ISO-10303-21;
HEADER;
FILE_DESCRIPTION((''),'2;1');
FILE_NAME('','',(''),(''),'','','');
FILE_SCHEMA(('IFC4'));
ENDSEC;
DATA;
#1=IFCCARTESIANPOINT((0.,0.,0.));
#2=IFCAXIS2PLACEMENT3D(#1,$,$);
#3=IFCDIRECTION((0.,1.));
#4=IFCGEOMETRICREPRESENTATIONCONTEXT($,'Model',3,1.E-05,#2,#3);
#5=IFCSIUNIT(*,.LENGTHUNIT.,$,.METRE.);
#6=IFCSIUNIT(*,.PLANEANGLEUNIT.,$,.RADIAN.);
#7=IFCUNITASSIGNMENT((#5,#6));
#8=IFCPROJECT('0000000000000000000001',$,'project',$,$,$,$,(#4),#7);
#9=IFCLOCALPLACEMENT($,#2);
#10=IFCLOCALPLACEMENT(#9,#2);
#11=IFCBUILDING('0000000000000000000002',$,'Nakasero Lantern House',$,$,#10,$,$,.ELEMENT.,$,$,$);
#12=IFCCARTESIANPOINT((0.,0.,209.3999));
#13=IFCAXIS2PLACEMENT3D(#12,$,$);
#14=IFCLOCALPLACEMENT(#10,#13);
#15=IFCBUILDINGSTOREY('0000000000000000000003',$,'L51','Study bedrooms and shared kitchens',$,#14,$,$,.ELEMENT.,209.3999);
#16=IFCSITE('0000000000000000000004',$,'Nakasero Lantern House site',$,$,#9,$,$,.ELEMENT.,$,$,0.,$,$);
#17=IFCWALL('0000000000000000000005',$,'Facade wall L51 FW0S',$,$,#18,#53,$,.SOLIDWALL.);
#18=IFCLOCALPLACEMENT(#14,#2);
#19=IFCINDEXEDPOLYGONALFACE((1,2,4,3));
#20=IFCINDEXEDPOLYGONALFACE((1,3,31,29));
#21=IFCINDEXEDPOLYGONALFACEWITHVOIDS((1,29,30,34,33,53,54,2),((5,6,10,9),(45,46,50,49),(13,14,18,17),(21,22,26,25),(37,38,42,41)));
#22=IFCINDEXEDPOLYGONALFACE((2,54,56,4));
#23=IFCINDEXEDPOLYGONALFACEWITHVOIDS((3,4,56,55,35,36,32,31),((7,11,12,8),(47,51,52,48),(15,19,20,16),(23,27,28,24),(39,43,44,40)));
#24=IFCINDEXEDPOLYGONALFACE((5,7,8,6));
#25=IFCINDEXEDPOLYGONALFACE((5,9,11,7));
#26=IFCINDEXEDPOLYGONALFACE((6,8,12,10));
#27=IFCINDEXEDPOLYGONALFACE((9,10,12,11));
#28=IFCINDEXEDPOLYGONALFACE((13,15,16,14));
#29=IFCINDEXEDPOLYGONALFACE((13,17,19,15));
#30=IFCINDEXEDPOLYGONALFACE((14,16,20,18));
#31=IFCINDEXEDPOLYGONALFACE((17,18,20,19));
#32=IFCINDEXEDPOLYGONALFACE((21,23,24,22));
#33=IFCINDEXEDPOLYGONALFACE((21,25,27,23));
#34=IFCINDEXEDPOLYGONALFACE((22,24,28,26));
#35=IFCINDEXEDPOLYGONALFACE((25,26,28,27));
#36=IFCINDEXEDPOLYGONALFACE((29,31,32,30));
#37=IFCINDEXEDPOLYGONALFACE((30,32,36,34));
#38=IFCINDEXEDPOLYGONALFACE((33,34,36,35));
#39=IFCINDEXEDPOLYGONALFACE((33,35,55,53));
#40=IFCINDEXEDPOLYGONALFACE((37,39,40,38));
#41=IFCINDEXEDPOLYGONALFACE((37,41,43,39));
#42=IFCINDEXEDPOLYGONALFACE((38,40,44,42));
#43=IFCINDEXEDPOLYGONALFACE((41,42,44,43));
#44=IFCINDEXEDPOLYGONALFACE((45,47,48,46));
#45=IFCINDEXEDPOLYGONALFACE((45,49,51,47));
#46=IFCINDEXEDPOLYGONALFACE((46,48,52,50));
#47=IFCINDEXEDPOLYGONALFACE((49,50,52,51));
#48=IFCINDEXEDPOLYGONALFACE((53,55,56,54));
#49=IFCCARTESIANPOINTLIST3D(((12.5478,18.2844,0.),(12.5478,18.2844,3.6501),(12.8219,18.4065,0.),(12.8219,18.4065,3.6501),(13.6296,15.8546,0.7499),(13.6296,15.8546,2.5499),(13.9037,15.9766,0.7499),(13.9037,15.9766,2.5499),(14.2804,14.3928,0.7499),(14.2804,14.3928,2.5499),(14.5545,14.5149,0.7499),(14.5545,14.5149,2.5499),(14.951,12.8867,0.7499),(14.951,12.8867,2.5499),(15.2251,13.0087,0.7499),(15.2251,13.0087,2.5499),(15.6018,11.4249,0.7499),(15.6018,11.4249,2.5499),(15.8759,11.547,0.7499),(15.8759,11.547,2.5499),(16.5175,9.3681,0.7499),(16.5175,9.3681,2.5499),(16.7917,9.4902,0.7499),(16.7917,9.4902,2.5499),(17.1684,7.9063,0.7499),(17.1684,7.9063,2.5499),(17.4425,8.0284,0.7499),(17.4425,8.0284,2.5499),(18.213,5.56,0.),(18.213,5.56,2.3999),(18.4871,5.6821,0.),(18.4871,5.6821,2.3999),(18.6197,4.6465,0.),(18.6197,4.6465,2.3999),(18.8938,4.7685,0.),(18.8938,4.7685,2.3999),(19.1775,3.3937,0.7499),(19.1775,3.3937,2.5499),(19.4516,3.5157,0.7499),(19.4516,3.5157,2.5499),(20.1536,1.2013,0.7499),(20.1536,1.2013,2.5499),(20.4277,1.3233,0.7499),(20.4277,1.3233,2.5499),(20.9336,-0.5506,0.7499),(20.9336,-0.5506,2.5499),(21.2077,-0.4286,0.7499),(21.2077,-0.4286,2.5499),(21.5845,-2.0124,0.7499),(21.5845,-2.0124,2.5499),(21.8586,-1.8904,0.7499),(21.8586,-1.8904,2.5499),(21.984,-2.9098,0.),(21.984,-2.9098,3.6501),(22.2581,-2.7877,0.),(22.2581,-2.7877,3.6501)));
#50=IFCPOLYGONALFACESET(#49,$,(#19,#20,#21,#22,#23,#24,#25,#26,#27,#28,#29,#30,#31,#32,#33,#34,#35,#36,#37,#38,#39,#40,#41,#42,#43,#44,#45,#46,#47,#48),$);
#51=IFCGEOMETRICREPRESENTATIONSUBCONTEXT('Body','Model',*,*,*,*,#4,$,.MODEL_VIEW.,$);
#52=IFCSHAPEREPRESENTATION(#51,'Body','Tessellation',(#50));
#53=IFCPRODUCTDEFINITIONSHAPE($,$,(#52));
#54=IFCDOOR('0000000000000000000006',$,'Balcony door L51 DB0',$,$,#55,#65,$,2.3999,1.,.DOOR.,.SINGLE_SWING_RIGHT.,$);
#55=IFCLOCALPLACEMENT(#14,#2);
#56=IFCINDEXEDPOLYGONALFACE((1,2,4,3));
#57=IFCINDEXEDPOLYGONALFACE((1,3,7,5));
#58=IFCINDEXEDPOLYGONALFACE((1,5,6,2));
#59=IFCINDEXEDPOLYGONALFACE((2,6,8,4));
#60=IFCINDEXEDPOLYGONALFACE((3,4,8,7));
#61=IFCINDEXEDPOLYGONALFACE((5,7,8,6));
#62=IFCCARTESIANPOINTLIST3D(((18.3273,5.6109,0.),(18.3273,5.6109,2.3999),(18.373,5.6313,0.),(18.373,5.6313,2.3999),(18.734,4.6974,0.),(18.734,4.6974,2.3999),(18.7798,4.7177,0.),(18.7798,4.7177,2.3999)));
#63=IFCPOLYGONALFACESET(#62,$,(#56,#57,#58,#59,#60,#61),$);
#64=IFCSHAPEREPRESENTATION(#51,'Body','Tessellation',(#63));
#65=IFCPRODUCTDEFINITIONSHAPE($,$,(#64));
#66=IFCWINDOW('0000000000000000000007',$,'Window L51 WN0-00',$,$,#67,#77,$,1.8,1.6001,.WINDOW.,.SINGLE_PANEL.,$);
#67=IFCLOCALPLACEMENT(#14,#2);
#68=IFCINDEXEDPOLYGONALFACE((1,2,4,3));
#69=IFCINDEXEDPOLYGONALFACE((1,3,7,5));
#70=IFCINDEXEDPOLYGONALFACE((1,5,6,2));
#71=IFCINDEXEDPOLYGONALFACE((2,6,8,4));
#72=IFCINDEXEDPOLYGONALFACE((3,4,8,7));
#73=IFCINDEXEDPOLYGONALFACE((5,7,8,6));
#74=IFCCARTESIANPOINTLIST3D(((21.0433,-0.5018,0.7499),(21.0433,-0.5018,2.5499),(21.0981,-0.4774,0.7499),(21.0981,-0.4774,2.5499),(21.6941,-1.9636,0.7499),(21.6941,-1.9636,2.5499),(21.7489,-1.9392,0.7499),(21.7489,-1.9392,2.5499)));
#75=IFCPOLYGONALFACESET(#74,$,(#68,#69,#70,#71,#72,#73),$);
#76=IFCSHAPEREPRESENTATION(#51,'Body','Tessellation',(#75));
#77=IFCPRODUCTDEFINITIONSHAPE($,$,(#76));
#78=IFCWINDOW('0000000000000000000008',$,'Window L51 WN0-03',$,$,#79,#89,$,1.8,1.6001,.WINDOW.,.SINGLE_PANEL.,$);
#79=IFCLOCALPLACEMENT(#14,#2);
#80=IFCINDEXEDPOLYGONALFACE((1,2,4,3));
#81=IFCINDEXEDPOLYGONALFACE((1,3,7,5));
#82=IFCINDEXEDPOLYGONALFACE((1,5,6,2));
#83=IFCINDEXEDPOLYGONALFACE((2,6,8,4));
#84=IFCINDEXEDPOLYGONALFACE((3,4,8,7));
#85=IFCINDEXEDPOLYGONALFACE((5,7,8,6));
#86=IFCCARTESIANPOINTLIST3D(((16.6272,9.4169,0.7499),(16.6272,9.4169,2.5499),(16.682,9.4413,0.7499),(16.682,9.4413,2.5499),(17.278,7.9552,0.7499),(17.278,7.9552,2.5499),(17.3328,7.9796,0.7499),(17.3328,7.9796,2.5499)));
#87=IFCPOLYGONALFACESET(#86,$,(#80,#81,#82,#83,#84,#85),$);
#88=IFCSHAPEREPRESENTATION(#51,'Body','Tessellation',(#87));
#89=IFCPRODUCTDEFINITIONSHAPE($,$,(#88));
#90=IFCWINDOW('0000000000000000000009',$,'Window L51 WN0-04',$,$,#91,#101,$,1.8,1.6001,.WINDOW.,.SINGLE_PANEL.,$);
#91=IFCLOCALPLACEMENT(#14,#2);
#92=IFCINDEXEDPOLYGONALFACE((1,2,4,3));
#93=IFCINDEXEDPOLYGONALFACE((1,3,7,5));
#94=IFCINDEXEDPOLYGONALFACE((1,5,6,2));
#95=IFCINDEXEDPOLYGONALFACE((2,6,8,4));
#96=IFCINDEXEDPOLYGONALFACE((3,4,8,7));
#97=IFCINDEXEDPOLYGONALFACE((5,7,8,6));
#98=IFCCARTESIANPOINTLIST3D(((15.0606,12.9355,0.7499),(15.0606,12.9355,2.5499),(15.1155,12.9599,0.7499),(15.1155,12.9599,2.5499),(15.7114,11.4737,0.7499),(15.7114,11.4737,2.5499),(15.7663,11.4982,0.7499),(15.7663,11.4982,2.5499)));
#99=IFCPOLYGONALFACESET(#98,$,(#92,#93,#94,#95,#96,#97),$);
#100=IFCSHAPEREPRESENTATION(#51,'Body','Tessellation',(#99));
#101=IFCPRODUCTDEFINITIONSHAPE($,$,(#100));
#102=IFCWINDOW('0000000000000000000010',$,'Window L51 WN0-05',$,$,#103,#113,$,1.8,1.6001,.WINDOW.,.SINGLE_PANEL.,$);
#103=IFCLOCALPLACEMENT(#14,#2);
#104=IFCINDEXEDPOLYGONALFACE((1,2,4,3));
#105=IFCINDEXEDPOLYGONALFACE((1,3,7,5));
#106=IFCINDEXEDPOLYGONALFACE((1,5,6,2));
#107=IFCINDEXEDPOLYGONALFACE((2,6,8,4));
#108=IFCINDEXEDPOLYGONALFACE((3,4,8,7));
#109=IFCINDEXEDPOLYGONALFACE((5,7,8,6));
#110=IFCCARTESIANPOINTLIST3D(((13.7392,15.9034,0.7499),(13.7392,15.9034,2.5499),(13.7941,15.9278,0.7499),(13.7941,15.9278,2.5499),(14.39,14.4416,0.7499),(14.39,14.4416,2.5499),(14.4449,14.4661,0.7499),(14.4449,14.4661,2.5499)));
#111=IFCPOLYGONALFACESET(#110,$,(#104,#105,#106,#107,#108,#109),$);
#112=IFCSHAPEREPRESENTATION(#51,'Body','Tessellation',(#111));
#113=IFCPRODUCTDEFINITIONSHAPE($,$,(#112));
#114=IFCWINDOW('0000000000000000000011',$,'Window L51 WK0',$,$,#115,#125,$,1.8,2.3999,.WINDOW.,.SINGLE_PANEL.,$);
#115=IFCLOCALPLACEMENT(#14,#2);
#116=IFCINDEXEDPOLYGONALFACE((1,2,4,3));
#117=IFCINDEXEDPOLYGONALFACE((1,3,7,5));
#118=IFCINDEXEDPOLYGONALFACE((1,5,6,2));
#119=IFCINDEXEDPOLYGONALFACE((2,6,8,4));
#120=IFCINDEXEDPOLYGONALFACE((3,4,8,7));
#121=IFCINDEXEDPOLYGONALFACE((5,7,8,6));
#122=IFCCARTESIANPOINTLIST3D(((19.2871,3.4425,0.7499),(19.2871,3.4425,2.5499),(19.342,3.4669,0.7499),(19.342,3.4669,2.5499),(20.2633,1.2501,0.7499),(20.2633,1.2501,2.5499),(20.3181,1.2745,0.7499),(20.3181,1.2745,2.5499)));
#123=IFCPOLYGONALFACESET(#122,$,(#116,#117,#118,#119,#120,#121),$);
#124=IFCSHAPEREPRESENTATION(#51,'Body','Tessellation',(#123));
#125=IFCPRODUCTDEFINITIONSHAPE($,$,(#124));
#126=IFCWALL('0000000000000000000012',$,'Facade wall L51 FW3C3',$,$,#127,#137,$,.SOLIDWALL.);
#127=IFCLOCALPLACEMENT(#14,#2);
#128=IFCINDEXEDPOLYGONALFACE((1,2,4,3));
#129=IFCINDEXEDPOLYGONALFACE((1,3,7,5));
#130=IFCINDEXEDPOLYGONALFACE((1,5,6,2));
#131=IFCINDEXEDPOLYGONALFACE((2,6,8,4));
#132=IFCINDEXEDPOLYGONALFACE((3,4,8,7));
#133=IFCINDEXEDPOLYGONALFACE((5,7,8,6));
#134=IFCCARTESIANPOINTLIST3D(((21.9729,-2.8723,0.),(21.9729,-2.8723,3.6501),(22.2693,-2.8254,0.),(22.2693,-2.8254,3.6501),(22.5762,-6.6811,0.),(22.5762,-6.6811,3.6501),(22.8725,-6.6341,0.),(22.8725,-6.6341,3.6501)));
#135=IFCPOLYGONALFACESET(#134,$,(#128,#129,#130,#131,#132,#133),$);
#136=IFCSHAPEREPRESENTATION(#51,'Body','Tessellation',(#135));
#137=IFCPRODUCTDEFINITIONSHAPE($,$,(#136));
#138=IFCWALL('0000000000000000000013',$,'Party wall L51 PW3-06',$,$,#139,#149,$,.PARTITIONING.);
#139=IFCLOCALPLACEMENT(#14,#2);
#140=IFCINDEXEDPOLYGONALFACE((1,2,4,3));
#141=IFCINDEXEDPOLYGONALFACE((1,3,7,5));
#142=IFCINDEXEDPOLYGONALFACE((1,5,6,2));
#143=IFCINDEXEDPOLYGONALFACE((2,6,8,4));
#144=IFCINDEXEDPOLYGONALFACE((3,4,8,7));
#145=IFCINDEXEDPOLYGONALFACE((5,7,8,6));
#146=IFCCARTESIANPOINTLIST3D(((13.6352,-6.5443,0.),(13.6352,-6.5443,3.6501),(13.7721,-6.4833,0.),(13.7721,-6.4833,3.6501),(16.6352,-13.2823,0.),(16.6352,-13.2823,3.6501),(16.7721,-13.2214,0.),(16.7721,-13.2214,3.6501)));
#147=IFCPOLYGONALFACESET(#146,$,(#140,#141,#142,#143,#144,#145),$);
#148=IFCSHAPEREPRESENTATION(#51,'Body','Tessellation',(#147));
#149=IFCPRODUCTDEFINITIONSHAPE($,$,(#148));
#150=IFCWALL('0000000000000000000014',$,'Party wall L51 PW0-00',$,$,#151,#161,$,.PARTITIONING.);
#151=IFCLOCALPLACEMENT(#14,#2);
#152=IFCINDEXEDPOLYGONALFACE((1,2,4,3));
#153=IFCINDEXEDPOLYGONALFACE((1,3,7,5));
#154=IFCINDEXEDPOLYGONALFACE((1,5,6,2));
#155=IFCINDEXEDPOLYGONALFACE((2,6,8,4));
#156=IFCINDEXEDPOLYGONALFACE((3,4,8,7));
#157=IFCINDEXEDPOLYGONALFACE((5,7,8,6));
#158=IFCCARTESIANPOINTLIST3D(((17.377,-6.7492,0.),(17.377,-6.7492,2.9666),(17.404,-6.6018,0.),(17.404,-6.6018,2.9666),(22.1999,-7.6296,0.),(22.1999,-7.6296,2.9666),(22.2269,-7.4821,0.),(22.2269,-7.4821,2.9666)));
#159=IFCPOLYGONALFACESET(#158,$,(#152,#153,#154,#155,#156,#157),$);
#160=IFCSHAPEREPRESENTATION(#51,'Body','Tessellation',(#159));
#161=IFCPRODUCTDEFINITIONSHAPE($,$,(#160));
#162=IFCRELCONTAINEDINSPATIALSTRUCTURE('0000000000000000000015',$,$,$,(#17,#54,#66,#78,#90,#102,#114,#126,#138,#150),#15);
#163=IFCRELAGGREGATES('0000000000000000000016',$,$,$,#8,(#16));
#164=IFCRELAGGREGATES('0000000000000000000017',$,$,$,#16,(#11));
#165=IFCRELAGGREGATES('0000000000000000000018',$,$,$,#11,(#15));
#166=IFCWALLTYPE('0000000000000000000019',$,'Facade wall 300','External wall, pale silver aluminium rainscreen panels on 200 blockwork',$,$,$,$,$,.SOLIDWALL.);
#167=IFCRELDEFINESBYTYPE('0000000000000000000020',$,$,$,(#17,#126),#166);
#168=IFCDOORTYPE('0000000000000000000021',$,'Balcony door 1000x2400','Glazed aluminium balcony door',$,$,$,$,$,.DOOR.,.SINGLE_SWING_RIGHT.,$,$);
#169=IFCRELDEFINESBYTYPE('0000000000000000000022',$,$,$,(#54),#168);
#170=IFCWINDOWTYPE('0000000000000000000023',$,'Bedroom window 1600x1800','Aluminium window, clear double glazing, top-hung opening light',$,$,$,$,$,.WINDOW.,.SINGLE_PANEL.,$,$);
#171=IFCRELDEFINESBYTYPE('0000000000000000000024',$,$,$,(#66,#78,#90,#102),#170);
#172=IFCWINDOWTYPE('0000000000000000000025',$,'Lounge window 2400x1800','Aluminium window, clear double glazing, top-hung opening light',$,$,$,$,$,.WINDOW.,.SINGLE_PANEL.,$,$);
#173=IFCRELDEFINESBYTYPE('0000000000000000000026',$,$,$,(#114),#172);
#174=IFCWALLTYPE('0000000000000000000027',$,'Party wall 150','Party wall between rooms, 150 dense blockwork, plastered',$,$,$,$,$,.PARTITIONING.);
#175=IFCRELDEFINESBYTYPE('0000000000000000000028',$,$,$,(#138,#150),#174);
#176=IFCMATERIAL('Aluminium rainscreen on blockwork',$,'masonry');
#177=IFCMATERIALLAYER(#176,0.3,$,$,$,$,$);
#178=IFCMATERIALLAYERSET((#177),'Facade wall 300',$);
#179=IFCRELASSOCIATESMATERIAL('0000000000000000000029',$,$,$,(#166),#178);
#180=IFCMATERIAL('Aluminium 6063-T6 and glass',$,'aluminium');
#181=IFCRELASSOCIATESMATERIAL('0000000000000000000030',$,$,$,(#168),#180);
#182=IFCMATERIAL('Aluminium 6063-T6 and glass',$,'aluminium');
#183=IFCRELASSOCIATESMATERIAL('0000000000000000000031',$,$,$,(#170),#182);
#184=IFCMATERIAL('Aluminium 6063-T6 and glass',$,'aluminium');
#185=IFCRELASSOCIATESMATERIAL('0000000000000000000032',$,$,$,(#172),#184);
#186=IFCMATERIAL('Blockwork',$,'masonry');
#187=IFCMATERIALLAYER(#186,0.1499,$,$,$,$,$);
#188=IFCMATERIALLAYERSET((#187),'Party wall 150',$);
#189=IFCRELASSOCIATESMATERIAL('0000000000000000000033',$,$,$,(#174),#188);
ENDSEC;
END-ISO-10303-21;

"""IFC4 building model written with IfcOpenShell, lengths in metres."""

from ifc_helpers import new_model, si_unit, direction, frame, frame_2d, origin, place, context, subcontext, project, spatial, rectangle, extrude, material, layer, layer_set, type_object, element, fill, save


model = new_model("IFC4")

# Units and contexts
model_context = context("Model", 3, precision=1e-05, world=origin(), true_north=direction((0.0, 1.0)))
body_context = subcontext(model_context, "Body", "Model", "MODEL_VIEW")
ifc_project = project(units=[si_unit("LENGTHUNIT", "METRE"), si_unit("PLANEANGLEUNIT", "RADIAN")], contexts=[model_context])

# Site, building, storey
site_placement = place(None, origin())
site = spatial("IfcSite", under=ifc_project, at=site_placement, Name="Nakasero Lantern House site", CompositionType="ELEMENT", RefElevation=0.0)
building_placement = place(site_placement, origin())
building = spatial("IfcBuilding", under=site, at=building_placement, Name="Nakasero Lantern House", CompositionType="ELEMENT")
storey_placement = place(building_placement, frame((0.0, 0.0, 209.3999)))
storey = spatial("IfcBuildingStorey", under=building, at=storey_placement, Name="L51", Description="Study bedrooms and shared kitchens", CompositionType="ELEMENT", Elevation=209.3999)

# Wall, openings, door, windows
ifc_material_1 = material(Name="Aluminium rainscreen on blockwork", Category="masonry")
ifc_layer_1 = layer(ifc_material_1, 0.3)
ifc_layer_set_1 = layer_set([ifc_layer_1], Name="Facade wall 300")
wall_type_1 = type_object("IfcWallType", Name="Facade wall 300", Description="External wall, pale silver aluminium rainscreen panels on 200 blockwork", PredefinedType="SOLIDWALL", material=ifc_layer_set_1)
wall_1_placement = place(storey_placement, frame((22.1211, -2.8489, 0.0), z_axis=(0.0, 0.0, 1.0), x_axis=(-0.406735, 0.913546, 0.0)))
wall_1 = element("IfcWall", 1, at=wall_1_placement, inside=storey, type_object=wall_type_1, Name="Facade wall L51 FW0S", PredefinedType="SOLIDWALL", context=body_context, shape_type="SweptSolid", body=[
    extrude(rectangle(XDim=23.2, YDim=0.3, at=frame_2d((11.6001, 0.0))), origin(), (0.0, 0.0, 1.0), 3.6501),
])
opening_1_placement = place(wall_1_placement, frame((0.9824, 0.0, 0.75)))
opening_1 = element("IfcOpeningElement", 2, at=opening_1_placement, cuts=wall_1, PredefinedType="OPENING", context=body_context, shape_type="SweptSolid", body=[
    extrude(rectangle(XDim=1.6001, YDim=1.8, at=frame_2d((0.8, 0.8999))), frame((0.0, 0.1699, 0.0), z_axis=(0.0, -1.0, 0.0), x_axis=(1.0, 0.0, 0.0)), (0.0, 0.0, 1.0), 0.3401),
])
opening_2_placement = place(wall_1_placement, frame((11.8398, 0.0, 0.75)))
opening_2 = element("IfcOpeningElement", 3, at=opening_2_placement, cuts=wall_1, PredefinedType="OPENING", context=body_context, shape_type="SweptSolid", body=[
    extrude(rectangle(XDim=1.6001, YDim=1.8, at=frame_2d((0.8, 0.8999))), frame((0.0, 0.1699, 0.0), z_axis=(0.0, -1.0, 0.0), x_axis=(1.0, 0.0, 0.0)), (0.0, 0.0, 1.0), 0.3401),
])
opening_3_placement = place(wall_1_placement, frame((15.6914, 0.0, 0.75)))
opening_3 = element("IfcOpeningElement", 4, at=opening_3_placement, cuts=wall_1, PredefinedType="OPENING", context=body_context, shape_type="SweptSolid", body=[
    extrude(rectangle(XDim=1.6001, YDim=1.8, at=frame_2d((0.8, 0.8999))), frame((0.0, 0.1699, 0.0), z_axis=(0.0, -1.0, 0.0), x_axis=(1.0, 0.0, 0.0)), (0.0, 0.0, 1.0), 0.3401),
])
opening_4_placement = place(wall_1_placement, frame((18.9402, 0.0, 0.75)))
opening_4 = element("IfcOpeningElement", 5, at=opening_4_placement, cuts=wall_1, PredefinedType="OPENING", context=body_context, shape_type="SweptSolid", body=[
    extrude(rectangle(XDim=1.6001, YDim=1.8, at=frame_2d((0.8, 0.8999))), frame((0.0, 0.1699, 0.0), z_axis=(0.0, -1.0, 0.0), x_axis=(1.0, 0.0, 0.0)), (0.0, 0.0, 1.0), 0.3401),
])
opening_5_placement = place(wall_1_placement, frame((4.5002, 0.0, 0.75)))
opening_5 = element("IfcOpeningElement", 6, at=opening_5_placement, cuts=wall_1, PredefinedType="OPENING", context=body_context, shape_type="SweptSolid", body=[
    extrude(rectangle(XDim=2.3999, YDim=1.8, at=frame_2d((1.2, 0.8999))), frame((0.0, 0.1699, 0.0), z_axis=(0.0, -1.0, 0.0), x_axis=(1.0, 0.0, 0.0)), (0.0, 0.0, 1.0), 0.3401),
])
opening_6_placement = place(wall_1_placement, frame((8.2715, 0.0, 0.0)))
opening_6 = element("IfcOpeningElement", 7, at=opening_6_placement, cuts=wall_1, PredefinedType="OPENING", context=body_context, shape_type="SweptSolid", body=[
    extrude(rectangle(XDim=1.0, YDim=2.3999, at=frame_2d((0.5, 1.2))), frame((0.0, 0.1699, 0.0), z_axis=(0.0, -1.0, 0.0), x_axis=(1.0, 0.0, 0.0)), (0.0, 0.0, 1.0), 0.3401),
])
ifc_material_2 = material(Name="Aluminium 6063-T6 and glass", Category="aluminium")
door_type_1 = type_object("IfcDoorType", Name="Balcony door 1000x2400", Description="Glazed aluminium balcony door", OperationType="SINGLE_SWING_RIGHT", PredefinedType="DOOR", material=ifc_material_2)
door_1_placement = place(opening_6_placement, origin())
door_1 = element("IfcDoor", 8, at=door_1_placement, inside=storey, type_object=door_type_1, Name="Balcony door L51 DB0", OperationType="SINGLE_SWING_RIGHT", OverallHeight=2.3999, OverallWidth=1.0, PredefinedType="DOOR", context=body_context, shape_type="SweptSolid", body=[
    extrude(rectangle(XDim=1.0, YDim=2.3999, at=frame_2d((0.5, 1.2))), frame((0.0, 0.0249, 0.0), z_axis=(0.0, -1.0, 0.0), x_axis=(1.0, 0.0, 0.0)), (0.0, 0.0, 1.0), 0.05),
])
fill(opening_6, door_1)
ifc_material_3 = material(Name="Aluminium 6063-T6 and glass", Category="aluminium")
window_type_1 = type_object("IfcWindowType", Name="Bedroom window 1600x1800", Description="Aluminium window, clear double glazing, top-hung opening light", PartitioningType="SINGLE_PANEL", PredefinedType="WINDOW", material=ifc_material_3)
window_1_placement = place(opening_1_placement, origin())
window_1 = element("IfcWindow", 9, at=window_1_placement, inside=storey, type_object=window_type_1, Name="Window L51 WN0-00", OverallHeight=1.8, OverallWidth=1.6001, PartitioningType="SINGLE_PANEL", PredefinedType="WINDOW", context=body_context, shape_type="SweptSolid", body=[
    extrude(rectangle(XDim=1.6001, YDim=1.8, at=frame_2d((0.8, 0.8999))), frame((0.0, 0.03, 0.0), z_axis=(0.0, -1.0, 0.0), x_axis=(1.0, 0.0, 0.0)), (0.0, 0.0, 1.0), 0.0601),
])
fill(opening_1, window_1)
window_2_placement = place(opening_2_placement, origin())
window_2 = element("IfcWindow", 10, at=window_2_placement, inside=storey, type_object=window_type_1, Name="Window L51 WN0-03", OverallHeight=1.8, OverallWidth=1.6001, PartitioningType="SINGLE_PANEL", PredefinedType="WINDOW", context=body_context, shape_type="SweptSolid", body=[
    extrude(rectangle(XDim=1.6001, YDim=1.8, at=frame_2d((0.8, 0.8999))), frame((0.0, 0.03, 0.0), z_axis=(0.0, -1.0, 0.0), x_axis=(1.0, 0.0, 0.0)), (0.0, 0.0, 1.0), 0.0601),
])
fill(opening_2, window_2)
window_3_placement = place(opening_3_placement, origin())
window_3 = element("IfcWindow", 11, at=window_3_placement, inside=storey, type_object=window_type_1, Name="Window L51 WN0-04", OverallHeight=1.8, OverallWidth=1.6001, PartitioningType="SINGLE_PANEL", PredefinedType="WINDOW", context=body_context, shape_type="SweptSolid", body=[
    extrude(rectangle(XDim=1.6001, YDim=1.8, at=frame_2d((0.8, 0.8999))), frame((0.0, 0.03, 0.0), z_axis=(0.0, -1.0, 0.0), x_axis=(1.0, 0.0, 0.0)), (0.0, 0.0, 1.0), 0.0601),
])
fill(opening_3, window_3)
window_4_placement = place(opening_4_placement, origin())
window_4 = element("IfcWindow", 12, at=window_4_placement, inside=storey, type_object=window_type_1, Name="Window L51 WN0-05", OverallHeight=1.8, OverallWidth=1.6001, PartitioningType="SINGLE_PANEL", PredefinedType="WINDOW", context=body_context, shape_type="SweptSolid", body=[
    extrude(rectangle(XDim=1.6001, YDim=1.8, at=frame_2d((0.8, 0.8999))), frame((0.0, 0.03, 0.0), z_axis=(0.0, -1.0, 0.0), x_axis=(1.0, 0.0, 0.0)), (0.0, 0.0, 1.0), 0.0601),
])
fill(opening_4, window_4)
ifc_material_4 = material(Name="Aluminium 6063-T6 and glass", Category="aluminium")
window_type_2 = type_object("IfcWindowType", Name="Lounge window 2400x1800", Description="Aluminium window, clear double glazing, top-hung opening light", PartitioningType="SINGLE_PANEL", PredefinedType="WINDOW", material=ifc_material_4)
window_5_placement = place(opening_5_placement, origin())
window_5 = element("IfcWindow", 13, at=window_5_placement, inside=storey, type_object=window_type_2, Name="Window L51 WK0", OverallHeight=1.8, OverallWidth=2.3999, PartitioningType="SINGLE_PANEL", PredefinedType="WINDOW", context=body_context, shape_type="SweptSolid", body=[
    extrude(rectangle(XDim=2.3999, YDim=1.8, at=frame_2d((1.2, 0.8999))), frame((0.0, 0.03, 0.0), z_axis=(0.0, -1.0, 0.0), x_axis=(1.0, 0.0, 0.0)), (0.0, 0.0, 1.0), 0.0601),
])
fill(opening_5, window_5)

# Walls
wall_2_placement = place(storey_placement, frame((22.7244, -6.6577, 0.0), z_axis=(0.0, 0.0, 1.0), x_axis=(-0.156437, 0.987688, 0.0)))
element("IfcWall", 14, at=wall_2_placement, inside=storey, type_object=wall_type_1, Name="Facade wall L51 FW3C3", PredefinedType="SOLIDWALL", context=body_context, shape_type="SweptSolid", body=[
    extrude(rectangle(XDim=3.8562, YDim=0.3, at=frame_2d((1.9282, 0.0))), origin(), (0.0, 0.0, 1.0), 3.6501),
])
ifc_material_5 = material(Name="Blockwork", Category="masonry")
ifc_layer_2 = layer(ifc_material_5, 0.1499)
ifc_layer_set_2 = layer_set([ifc_layer_2], Name="Party wall 150")
wall_type_2 = type_object("IfcWallType", Name="Party wall 150", Description="Party wall between rooms, 150 dense blockwork, plastered", PredefinedType="PARTITIONING", material=ifc_layer_set_2)
wall_3_placement = place(storey_placement, frame((13.7036, -6.5137, 0.0), z_axis=(0.0, 0.0, 1.0), x_axis=(0.40674, -0.913544, 0.0)))
element("IfcWall", 15, at=wall_3_placement, inside=storey, type_object=wall_type_2, Name="Party wall L51 PW3-06", PredefinedType="PARTITIONING", context=body_context, shape_type="SweptSolid", body=[
    extrude(rectangle(XDim=7.3757, YDim=0.1499, at=frame_2d((3.688, 0.0))), origin(), (0.0, 0.0, 1.0), 3.6501),
])
wall_4_placement = place(storey_placement, frame((17.3906, -6.6755, 0.0), z_axis=(0.0, 0.0, 1.0), x_axis=(0.983745, -0.179569, 0.0)))
element("IfcWall", 16, at=wall_4_placement, inside=storey, type_object=wall_type_2, Name="Party wall L51 PW0-00", PredefinedType="PARTITIONING", context=body_context, shape_type="SweptSolid", body=[
    extrude(rectangle(XDim=4.9026, YDim=0.1499, at=frame_2d((2.4512, 0.0))), origin(), (0.0, 0.0, 1.0), 2.9666),
])

save(model, "model.ifc")
